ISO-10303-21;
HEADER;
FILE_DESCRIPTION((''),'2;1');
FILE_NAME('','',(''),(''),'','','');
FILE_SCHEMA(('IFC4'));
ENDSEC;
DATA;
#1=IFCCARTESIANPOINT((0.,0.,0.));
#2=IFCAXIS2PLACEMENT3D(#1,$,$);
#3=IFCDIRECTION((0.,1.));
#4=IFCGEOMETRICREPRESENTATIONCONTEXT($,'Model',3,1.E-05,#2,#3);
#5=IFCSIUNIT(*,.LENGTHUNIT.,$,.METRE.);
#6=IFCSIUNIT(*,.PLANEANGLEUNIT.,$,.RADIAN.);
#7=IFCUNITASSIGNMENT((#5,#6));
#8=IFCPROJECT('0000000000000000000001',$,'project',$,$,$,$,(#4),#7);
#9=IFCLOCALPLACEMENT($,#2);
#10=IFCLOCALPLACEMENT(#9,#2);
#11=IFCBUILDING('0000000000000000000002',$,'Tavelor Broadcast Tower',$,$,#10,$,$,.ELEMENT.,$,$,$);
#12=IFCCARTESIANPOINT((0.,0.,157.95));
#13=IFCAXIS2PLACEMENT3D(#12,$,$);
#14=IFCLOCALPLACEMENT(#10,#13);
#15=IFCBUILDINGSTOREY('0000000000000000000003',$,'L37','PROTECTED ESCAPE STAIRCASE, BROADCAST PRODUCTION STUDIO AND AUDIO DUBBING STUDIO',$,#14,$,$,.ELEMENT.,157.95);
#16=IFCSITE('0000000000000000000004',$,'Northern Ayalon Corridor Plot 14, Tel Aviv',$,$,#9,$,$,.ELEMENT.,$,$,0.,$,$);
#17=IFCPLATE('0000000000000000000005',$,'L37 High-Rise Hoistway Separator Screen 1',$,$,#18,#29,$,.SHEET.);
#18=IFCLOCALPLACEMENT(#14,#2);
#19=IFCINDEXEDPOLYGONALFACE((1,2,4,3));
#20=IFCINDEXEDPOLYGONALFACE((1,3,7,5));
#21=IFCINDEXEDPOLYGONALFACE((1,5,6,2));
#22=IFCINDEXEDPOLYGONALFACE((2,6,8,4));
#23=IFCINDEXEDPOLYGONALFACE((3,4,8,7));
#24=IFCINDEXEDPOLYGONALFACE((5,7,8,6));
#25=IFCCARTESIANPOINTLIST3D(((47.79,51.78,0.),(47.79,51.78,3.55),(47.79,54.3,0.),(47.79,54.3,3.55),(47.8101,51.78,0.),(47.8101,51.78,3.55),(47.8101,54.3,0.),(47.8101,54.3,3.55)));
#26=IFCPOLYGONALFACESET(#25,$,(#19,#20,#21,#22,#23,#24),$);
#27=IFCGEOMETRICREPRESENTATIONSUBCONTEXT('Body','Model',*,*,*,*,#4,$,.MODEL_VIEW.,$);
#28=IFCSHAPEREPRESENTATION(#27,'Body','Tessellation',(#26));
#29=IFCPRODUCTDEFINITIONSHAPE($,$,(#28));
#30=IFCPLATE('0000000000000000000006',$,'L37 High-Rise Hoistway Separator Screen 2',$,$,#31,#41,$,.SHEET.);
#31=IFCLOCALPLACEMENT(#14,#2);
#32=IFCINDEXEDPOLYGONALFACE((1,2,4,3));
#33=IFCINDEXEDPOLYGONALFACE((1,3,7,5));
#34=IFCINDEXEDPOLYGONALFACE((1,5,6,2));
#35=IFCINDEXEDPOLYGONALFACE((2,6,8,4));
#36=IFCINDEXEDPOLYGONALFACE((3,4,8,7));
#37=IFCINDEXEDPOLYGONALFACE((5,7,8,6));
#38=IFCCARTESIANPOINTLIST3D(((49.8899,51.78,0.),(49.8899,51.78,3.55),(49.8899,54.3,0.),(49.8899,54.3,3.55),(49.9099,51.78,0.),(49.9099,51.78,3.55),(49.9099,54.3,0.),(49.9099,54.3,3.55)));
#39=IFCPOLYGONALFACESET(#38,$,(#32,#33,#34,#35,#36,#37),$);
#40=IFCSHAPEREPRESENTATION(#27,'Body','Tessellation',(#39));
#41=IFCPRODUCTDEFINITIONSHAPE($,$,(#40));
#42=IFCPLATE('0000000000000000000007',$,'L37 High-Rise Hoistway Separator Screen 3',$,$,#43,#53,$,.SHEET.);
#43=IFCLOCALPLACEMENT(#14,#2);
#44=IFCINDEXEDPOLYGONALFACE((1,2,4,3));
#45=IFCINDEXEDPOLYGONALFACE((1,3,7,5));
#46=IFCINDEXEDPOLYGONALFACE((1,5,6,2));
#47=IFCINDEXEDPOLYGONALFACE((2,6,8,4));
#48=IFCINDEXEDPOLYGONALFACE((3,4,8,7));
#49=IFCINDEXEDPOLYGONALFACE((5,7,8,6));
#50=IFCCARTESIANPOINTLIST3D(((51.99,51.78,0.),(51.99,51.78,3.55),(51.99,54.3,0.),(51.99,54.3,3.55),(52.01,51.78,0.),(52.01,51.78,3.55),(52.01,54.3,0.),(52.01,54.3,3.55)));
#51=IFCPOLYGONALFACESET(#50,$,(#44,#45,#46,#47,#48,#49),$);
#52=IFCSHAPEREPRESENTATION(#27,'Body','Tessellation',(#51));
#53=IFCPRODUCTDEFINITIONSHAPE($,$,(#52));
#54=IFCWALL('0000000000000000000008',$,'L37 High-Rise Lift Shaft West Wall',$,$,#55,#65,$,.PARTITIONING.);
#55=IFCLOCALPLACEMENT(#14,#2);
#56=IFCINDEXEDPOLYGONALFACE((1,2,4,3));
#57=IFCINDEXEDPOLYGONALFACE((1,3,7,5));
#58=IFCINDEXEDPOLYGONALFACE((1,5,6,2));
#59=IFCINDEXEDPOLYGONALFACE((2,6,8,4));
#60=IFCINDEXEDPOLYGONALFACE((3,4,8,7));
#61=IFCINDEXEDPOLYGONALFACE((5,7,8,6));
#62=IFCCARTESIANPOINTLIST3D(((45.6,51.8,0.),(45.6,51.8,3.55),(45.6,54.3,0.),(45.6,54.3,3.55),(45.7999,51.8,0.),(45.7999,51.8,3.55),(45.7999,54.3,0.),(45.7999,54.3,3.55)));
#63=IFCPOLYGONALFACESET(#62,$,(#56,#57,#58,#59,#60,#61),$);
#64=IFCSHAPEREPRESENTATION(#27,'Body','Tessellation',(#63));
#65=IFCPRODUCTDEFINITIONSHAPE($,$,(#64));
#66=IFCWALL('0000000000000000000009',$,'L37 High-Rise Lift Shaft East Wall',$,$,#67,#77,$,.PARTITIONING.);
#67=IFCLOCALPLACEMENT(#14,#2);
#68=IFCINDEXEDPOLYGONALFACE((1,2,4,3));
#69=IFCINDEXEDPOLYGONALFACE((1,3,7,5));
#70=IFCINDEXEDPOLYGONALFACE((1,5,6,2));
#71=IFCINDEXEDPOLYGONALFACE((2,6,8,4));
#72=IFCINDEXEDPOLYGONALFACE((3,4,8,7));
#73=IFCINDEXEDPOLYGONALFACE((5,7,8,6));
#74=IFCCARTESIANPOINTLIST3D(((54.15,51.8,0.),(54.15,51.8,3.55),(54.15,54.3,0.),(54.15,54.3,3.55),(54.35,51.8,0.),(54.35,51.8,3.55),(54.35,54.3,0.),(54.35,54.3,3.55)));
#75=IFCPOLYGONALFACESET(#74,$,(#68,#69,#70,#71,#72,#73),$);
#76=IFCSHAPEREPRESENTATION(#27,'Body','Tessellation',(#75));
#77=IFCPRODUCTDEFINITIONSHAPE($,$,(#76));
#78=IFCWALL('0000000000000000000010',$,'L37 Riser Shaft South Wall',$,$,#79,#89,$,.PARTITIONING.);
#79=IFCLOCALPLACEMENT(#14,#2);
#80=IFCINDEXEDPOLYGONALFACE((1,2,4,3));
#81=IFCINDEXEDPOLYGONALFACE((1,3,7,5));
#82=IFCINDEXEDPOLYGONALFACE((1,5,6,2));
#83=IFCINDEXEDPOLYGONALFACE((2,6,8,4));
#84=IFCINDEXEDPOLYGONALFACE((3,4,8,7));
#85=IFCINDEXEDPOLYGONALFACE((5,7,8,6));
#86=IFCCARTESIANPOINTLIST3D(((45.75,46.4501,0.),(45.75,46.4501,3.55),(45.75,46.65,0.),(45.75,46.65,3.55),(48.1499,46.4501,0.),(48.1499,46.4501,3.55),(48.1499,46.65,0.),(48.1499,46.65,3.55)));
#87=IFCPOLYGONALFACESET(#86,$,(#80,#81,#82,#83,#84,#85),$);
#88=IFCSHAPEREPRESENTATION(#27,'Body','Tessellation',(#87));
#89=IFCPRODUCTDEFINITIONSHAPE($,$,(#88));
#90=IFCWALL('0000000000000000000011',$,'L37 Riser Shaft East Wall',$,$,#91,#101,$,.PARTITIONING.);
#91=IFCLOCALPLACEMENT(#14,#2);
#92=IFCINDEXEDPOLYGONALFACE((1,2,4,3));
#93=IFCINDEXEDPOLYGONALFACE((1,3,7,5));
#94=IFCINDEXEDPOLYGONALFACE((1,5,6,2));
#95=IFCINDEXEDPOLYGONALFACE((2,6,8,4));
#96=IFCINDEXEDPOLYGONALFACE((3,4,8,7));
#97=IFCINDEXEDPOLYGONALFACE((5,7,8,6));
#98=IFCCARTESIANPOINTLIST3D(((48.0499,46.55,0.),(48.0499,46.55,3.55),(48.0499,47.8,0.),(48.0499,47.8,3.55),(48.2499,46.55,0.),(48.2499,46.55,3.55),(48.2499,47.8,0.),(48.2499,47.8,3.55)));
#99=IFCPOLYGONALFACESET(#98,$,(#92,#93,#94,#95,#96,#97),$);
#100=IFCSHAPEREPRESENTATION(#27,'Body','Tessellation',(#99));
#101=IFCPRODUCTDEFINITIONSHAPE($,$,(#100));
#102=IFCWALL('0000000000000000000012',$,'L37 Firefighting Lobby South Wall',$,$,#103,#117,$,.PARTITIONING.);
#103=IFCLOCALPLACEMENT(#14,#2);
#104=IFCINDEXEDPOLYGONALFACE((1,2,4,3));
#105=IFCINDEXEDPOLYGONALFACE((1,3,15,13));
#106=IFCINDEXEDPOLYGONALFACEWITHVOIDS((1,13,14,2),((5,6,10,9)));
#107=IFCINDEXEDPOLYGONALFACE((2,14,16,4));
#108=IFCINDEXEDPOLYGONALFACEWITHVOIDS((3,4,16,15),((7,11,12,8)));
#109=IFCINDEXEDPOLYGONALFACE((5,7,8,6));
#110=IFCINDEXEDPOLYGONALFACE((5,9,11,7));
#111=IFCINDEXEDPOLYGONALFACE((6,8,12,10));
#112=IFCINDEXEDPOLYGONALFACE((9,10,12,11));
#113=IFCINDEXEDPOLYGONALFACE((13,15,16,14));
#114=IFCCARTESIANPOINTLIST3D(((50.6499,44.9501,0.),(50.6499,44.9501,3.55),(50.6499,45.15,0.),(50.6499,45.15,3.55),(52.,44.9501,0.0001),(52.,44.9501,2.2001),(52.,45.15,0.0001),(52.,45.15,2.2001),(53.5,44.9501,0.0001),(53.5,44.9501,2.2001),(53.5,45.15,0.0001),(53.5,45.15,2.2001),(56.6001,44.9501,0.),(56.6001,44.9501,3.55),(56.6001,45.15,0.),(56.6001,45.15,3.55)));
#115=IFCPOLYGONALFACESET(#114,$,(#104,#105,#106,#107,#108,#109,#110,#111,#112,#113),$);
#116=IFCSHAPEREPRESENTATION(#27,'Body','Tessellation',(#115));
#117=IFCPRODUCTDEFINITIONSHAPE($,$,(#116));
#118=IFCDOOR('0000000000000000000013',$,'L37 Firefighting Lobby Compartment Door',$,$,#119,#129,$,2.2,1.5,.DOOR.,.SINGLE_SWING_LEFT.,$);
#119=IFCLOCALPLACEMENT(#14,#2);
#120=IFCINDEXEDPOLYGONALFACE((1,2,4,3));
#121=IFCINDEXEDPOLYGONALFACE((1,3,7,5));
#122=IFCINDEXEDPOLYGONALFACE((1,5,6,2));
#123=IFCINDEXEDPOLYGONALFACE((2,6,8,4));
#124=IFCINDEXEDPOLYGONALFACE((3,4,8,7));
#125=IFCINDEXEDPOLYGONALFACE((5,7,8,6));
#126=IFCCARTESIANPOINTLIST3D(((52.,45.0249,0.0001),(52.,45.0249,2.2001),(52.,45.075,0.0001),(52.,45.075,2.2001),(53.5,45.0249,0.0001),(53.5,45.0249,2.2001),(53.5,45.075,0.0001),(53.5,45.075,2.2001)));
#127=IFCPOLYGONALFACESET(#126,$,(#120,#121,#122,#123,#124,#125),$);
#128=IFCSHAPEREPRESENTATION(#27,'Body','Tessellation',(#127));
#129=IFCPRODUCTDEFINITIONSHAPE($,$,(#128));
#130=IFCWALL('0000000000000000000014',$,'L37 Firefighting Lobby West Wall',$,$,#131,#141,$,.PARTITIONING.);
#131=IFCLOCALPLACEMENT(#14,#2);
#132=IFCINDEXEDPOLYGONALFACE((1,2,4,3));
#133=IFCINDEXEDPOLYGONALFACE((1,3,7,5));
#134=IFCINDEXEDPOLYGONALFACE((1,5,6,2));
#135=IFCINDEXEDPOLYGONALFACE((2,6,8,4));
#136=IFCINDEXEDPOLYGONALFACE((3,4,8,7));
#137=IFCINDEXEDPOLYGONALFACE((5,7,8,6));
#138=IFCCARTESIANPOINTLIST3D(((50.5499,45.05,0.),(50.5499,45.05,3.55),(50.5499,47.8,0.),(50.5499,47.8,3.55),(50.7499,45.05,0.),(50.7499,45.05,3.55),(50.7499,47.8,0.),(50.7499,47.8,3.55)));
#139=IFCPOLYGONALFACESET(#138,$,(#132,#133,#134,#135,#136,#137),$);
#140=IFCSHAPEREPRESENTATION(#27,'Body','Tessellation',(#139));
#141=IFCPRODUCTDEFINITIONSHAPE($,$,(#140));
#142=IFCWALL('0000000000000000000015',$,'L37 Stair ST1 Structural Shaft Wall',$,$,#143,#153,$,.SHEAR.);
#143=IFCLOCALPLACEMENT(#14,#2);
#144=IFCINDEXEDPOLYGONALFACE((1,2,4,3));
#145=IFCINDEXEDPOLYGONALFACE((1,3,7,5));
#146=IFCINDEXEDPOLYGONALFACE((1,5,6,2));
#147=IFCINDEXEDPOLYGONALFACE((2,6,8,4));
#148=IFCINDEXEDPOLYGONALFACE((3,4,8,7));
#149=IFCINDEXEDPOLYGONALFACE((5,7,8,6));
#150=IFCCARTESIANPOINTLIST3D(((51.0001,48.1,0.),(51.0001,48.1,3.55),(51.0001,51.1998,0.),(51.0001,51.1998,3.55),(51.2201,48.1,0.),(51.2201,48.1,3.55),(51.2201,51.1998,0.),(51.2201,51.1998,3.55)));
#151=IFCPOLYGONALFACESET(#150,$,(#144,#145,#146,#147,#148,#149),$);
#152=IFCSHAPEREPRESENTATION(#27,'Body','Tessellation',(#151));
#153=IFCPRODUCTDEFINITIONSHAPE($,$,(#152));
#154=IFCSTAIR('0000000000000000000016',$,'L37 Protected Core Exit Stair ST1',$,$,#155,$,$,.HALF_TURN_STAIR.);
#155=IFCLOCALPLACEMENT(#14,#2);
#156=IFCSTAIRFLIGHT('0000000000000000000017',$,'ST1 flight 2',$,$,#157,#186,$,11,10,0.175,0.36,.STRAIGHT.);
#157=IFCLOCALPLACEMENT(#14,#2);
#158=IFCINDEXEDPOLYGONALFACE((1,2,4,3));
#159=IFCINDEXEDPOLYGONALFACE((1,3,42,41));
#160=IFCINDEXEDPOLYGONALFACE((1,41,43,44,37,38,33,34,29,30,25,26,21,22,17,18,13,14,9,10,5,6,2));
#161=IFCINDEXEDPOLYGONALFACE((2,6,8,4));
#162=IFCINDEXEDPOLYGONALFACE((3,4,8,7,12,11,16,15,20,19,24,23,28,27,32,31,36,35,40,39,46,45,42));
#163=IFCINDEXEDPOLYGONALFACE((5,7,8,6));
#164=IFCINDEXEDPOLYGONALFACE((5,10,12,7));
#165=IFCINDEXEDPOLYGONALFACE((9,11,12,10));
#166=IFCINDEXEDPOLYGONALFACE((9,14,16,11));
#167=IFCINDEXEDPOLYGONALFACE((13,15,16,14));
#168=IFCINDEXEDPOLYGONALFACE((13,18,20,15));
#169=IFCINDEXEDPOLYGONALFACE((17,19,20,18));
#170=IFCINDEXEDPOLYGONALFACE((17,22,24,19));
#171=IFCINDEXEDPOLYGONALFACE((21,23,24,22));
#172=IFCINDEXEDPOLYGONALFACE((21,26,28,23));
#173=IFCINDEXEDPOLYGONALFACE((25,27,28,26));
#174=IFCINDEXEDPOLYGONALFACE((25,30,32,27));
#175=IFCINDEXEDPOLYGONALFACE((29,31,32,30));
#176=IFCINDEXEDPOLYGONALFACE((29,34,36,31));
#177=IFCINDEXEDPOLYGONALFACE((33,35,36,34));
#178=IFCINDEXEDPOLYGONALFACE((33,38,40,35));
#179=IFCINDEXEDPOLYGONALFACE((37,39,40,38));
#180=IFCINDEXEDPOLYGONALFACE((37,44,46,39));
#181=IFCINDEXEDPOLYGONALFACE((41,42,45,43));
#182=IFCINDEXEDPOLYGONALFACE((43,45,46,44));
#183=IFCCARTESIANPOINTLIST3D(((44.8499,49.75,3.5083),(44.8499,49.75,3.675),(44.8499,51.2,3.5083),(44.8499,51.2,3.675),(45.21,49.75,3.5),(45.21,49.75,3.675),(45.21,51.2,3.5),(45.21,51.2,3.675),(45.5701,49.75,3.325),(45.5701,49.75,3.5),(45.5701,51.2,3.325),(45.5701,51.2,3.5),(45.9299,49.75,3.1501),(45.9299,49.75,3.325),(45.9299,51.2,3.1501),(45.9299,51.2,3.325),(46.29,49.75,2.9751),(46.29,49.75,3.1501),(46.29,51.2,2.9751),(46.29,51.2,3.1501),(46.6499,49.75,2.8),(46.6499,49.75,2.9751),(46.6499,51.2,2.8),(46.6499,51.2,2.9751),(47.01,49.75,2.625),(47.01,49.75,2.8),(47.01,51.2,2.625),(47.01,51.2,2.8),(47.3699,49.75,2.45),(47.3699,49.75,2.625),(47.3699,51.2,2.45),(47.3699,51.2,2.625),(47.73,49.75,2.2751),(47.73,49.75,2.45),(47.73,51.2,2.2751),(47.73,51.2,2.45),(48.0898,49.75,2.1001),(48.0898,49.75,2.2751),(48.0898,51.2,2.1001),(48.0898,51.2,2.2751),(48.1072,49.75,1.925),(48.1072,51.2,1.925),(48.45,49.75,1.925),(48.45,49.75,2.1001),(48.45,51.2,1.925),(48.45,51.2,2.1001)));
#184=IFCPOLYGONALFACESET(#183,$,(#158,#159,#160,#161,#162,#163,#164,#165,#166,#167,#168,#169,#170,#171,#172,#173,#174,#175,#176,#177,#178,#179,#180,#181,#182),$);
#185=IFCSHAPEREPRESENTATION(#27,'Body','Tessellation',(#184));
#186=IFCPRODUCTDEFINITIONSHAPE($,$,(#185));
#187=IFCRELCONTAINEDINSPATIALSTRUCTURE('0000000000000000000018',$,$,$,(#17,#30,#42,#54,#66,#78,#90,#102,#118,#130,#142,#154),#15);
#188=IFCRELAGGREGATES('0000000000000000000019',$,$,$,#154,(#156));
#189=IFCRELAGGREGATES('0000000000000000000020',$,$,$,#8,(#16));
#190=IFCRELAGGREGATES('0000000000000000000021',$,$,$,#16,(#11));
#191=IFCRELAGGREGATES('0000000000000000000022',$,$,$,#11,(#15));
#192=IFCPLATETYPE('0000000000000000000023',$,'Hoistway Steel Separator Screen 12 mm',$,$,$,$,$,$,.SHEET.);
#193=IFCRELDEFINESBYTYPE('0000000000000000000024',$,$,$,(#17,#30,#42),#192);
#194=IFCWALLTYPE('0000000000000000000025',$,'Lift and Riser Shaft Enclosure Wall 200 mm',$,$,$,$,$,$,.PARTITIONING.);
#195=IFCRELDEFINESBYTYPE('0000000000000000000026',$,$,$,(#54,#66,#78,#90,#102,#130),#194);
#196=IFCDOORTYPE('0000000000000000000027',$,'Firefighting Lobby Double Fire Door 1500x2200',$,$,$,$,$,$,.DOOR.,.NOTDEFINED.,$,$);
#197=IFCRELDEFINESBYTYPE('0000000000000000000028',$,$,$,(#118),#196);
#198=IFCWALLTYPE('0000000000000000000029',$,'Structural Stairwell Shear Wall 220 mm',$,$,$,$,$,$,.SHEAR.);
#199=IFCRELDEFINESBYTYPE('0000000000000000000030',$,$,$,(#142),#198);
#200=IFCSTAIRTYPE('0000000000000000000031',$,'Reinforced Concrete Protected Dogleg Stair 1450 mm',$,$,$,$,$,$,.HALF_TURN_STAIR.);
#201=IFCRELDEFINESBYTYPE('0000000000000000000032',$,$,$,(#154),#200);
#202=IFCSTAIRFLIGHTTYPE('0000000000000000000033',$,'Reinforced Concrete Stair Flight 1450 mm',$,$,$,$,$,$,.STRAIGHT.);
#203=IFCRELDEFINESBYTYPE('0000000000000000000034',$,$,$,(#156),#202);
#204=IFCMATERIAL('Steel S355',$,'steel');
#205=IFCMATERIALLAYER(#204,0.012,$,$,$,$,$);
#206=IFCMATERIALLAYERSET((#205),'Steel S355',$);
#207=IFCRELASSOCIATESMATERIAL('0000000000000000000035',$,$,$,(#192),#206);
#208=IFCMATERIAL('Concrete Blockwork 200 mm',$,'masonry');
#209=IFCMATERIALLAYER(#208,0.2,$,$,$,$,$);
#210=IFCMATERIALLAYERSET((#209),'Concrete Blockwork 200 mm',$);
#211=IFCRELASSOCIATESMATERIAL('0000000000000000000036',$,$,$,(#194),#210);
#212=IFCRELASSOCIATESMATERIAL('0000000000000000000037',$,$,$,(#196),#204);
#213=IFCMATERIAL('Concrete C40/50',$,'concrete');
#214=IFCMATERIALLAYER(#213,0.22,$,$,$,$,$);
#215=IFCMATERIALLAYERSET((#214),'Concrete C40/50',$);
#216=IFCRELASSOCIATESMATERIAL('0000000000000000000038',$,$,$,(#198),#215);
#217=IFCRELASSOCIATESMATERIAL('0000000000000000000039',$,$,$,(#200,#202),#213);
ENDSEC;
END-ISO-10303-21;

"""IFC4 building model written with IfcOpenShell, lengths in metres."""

from ifc_helpers import new_model, si_unit, direction, frame, frame_2d, origin, origin_2d, place, context, subcontext, project, spatial, polyline, rectangle, outline, extrude, source, transform, mapped, material, layer, layer_set, type_object, type_shapes, element, fill, aggregate, save


model = new_model("IFC4")

# Units and contexts
model_context = context("Model", 3, precision=1e-05, world=origin(), true_north=direction((0.0, 1.0)))
body_context = subcontext(model_context, "Body", "Model", "MODEL_VIEW")
ifc_project = project(units=[si_unit("LENGTHUNIT", "METRE"), si_unit("PLANEANGLEUNIT", "RADIAN")], contexts=[model_context])

# Site, building, storey
site_placement = place(None, origin())
site = spatial("IfcSite", under=ifc_project, at=site_placement, Name="Northern Ayalon Corridor Plot 14, Tel Aviv", CompositionType="ELEMENT", RefElevation=0.0)
building_placement = place(site_placement, origin())
building = spatial("IfcBuilding", under=site, at=building_placement, Name="Tavelor Broadcast Tower", CompositionType="ELEMENT")
storey_placement = place(building_placement, frame((0.0, 0.0, 157.95)))
storey = spatial("IfcBuildingStorey", under=building, at=storey_placement, Name="L37", Description="PROTECTED ESCAPE STAIRCASE, BROADCAST PRODUCTION STUDIO AND AUDIO DUBBING STUDIO", CompositionType="ELEMENT", Elevation=157.95)

# Shared definitions
ifc_material_1 = material(Name="Concrete C40/50", Category="concrete")
ifc_material_2 = material(Name="Steel S355", Category="steel")

# Plates
ifc_layer_1 = layer(ifc_material_2, 0.012)
ifc_layer_set_1 = layer_set([ifc_layer_1], Name="Steel S355")
plate_type = type_object("IfcPlateType", Name="Hoistway Steel Separator Screen 12 mm", PredefinedType="SHEET", material=ifc_layer_set_1)
shared_shape = source(origin(), body_context, "Body", "SweptSolid", [
    extrude(rectangle(XDim=0.02, YDim=2.52, at=origin_2d()), origin(), (0.0, 0.0, 1.0), 3.55),
])
type_shapes(plate_type, [shared_shape])
for number, where, z_axis, x_axis, name in (
    (1, (47.8, 53.04, 0.0), (0.0, 0.0, 1.0), (1.0, 0.0, 0.0), "L37 High-Rise Hoistway Separator Screen 1"),
    (2, (49.8999, 53.04, 0.0), (0.0, 0.0, 1.0), (1.0, 0.0, 0.0), "L37 High-Rise Hoistway Separator Screen 2"),
    (3, (52.0, 53.04, 0.0), (0.0, 0.0, 1.0), (1.0, 0.0, 0.0), "L37 High-Rise Hoistway Separator Screen 3"),
):
    element("IfcPlate", number, at=place(storey_placement, frame(where, z_axis=z_axis, x_axis=x_axis)), inside=storey, type_object=plate_type, Name=name, PredefinedType="SHEET", context=body_context, shape_type="MappedRepresentation", body=[
        mapped(shared_shape, transform((0.0, 0.0, 0.0), scale=1.0)),
    ])

# Walls
ifc_material_3 = material(Name="Concrete Blockwork 200 mm", Category="masonry")
ifc_layer_2 = layer(ifc_material_3, 0.2)
ifc_layer_set_2 = layer_set([ifc_layer_2], Name="Concrete Blockwork 200 mm")
wall_type_1 = type_object("IfcWallType", Name="Lift and Riser Shaft Enclosure Wall 200 mm", PredefinedType="PARTITIONING", material=ifc_layer_set_2)
for number, where, z_axis, x_axis, name in (
    (4, (45.7, 51.8, 0.0), (0.0, 0.0, 1.0), (0.0, 1.0, 0.0), "L37 High-Rise Lift Shaft West Wall"),
    (5, (54.25, 51.8, 0.0), (0.0, 0.0, 1.0), (0.0, 1.0, 0.0), "L37 High-Rise Lift Shaft East Wall"),
):
    element("IfcWall", number, at=place(storey_placement, frame(where, z_axis=z_axis, x_axis=x_axis)), inside=storey, type_object=wall_type_1, Name=name, PredefinedType="PARTITIONING", context=body_context, shape_type="SweptSolid", body=[
        extrude(rectangle(XDim=2.5, YDim=0.2, at=frame_2d((1.25, 0.0))), origin(), (0.0, 0.0, 1.0), 3.55),
    ])
wall_1_placement = place(storey_placement, frame((45.75, 46.55, 0.0), z_axis=(0.0, 0.0, 1.0), x_axis=(1.0, 0.0, 0.0)))
element("IfcWall", 6, at=wall_1_placement, inside=storey, type_object=wall_type_1, Name="L37 Riser Shaft South Wall", PredefinedType="PARTITIONING", context=body_context, shape_type="SweptSolid", body=[
    extrude(rectangle(XDim=2.3999, YDim=0.2, at=frame_2d((1.2, 0.0))), origin(), (0.0, 0.0, 1.0), 3.55),
])
wall_2_placement = place(storey_placement, frame((48.1499, 46.55, 0.0), z_axis=(0.0, 0.0, 1.0), x_axis=(0.0, 1.0, 0.0)))
element("IfcWall", 7, at=wall_2_placement, inside=storey, type_object=wall_type_1, Name="L37 Riser Shaft East Wall", PredefinedType="PARTITIONING", context=body_context, shape_type="SweptSolid", body=[
    extrude(rectangle(XDim=1.25, YDim=0.2, at=frame_2d((0.625, 0.0))), origin(), (0.0, 0.0, 1.0), 3.55),
])

# Wall, opening, door
wall_3_placement = place(storey_placement, frame((50.6499, 45.05, 0.0), z_axis=(0.0, 0.0, 1.0), x_axis=(1.0, 0.0, 0.0)))
wall_3 = element("IfcWall", 8, at=wall_3_placement, inside=storey, type_object=wall_type_1, Name="L37 Firefighting Lobby South Wall", PredefinedType="PARTITIONING", context=body_context, shape_type="SweptSolid", body=[
    extrude(rectangle(XDim=5.9502, YDim=0.2, at=frame_2d((2.9751, 0.0))), origin(), (0.0, 0.0, 1.0), 3.55),
])
opening_placement = place(wall_3_placement, frame((1.3501, 0.0, 0.0)))
opening = element("IfcOpeningElement", 9, at=opening_placement, cuts=wall_3, PredefinedType="OPENING", context=body_context, shape_type="SweptSolid", body=[
    extrude(rectangle(XDim=1.5, YDim=2.2, at=frame_2d((0.75, 1.1001))), frame((0.0, 0.1099, 0.0), z_axis=(0.0, -1.0, 0.0), x_axis=(1.0, 0.0, 0.0)), (0.0, 0.0, 1.0), 0.22),
])
door_type = type_object("IfcDoorType", Name="Firefighting Lobby Double Fire Door 1500x2200", OperationType="NOTDEFINED", PredefinedType="DOOR", material=ifc_material_2)
door_placement = place(opening_placement, origin())
door = element("IfcDoor", 10, at=door_placement, inside=storey, type_object=door_type, Name="L37 Firefighting Lobby Compartment Door", OperationType="SINGLE_SWING_LEFT", OverallHeight=2.2, OverallWidth=1.5, PredefinedType="DOOR", context=body_context, shape_type="SweptSolid", body=[
    extrude(rectangle(XDim=1.5, YDim=2.2, at=frame_2d((0.75, 1.1001))), frame((0.0, 0.0249, 0.0), z_axis=(0.0, -1.0, 0.0), x_axis=(1.0, 0.0, 0.0)), (0.0, 0.0, 1.0), 0.05),
])
fill(opening, door)

# Walls
wall_4_placement = place(storey_placement, frame((50.6499, 45.05, 0.0), z_axis=(0.0, 0.0, 1.0), x_axis=(0.0, 1.0, 0.0)))
element("IfcWall", 11, at=wall_4_placement, inside=storey, type_object=wall_type_1, Name="L37 Firefighting Lobby West Wall", PredefinedType="PARTITIONING", context=body_context, shape_type="SweptSolid", body=[
    extrude(rectangle(XDim=2.75, YDim=0.2, at=frame_2d((1.375, 0.0))), origin(), (0.0, 0.0, 1.0), 3.55),
])
ifc_layer_3 = layer(ifc_material_1, 0.22)
ifc_layer_set_3 = layer_set([ifc_layer_3], Name="Concrete C40/50")
wall_type_2 = type_object("IfcWallType", Name="Structural Stairwell Shear Wall 220 mm", PredefinedType="SHEAR", material=ifc_layer_set_3)
wall_5_placement = place(storey_placement, frame((51.1101, 48.1001, 0.0), z_axis=(0.0, 0.0, 1.0), x_axis=(0.0, 1.0, 0.0)))
element("IfcWall", 12, at=wall_5_placement, inside=storey, type_object=wall_type_2, Name="L37 Stair ST1 Structural Shaft Wall", PredefinedType="SHEAR", context=body_context, shape_type="SweptSolid", body=[
    extrude(rectangle(XDim=3.0999, YDim=0.22, at=frame_2d((1.5498, 0.0))), origin(), (0.0, 0.0, 1.0), 3.55),
])

# Stair, stair flight
stair_type = type_object("IfcStairType", Name="Reinforced Concrete Protected Dogleg Stair 1450 mm", PredefinedType="HALF_TURN_STAIR", material=ifc_material_1)
stair_placement = place(storey_placement, origin())
stair = element("IfcStair", 13, at=stair_placement, inside=storey, type_object=stair_type, Name="L37 Protected Core Exit Stair ST1", PredefinedType="HALF_TURN_STAIR")
stair_flight_type = type_object("IfcStairFlightType", Name="Reinforced Concrete Stair Flight 1450 mm", PredefinedType="STRAIGHT", material=ifc_material_1)
stair_flight_placement = place(storey_placement, frame((48.45, 50.4751, 1.925), z_axis=(0.0, 0.0, 1.0), x_axis=(-1.0, 0.0, 0.0)))
stair_flight = element("IfcStairFlight", 14, at=stair_flight_placement, type_object=stair_flight_type, Name="ST1 flight 2", NumberOfRisers=11, NumberOfTreads=10, PredefinedType="STRAIGHT", RiserHeight=0.175, TreadLength=0.36, context=body_context, shape_type="SweptSolid", body=[
    extrude(outline(polyline([(0.0, 0.0), (0.0, 0.175), (0.3601, 0.175), (0.3601, 0.3501), (0.72, 0.3501), (0.72, 0.5249), (1.0801, 0.5249), (1.0801, 0.7), (1.4399, 0.7), (1.4399, 0.875), (1.8, 0.875), (1.8, 1.05), (2.1599, 1.05), (2.1599, 1.2251), (2.52, 1.2251), (2.52, 1.3999), (2.8799, 1.3999), (2.8799, 1.575), (3.24, 1.575), (3.24, 1.75), (3.6001, 1.75), (3.6001, 1.925), (3.6001, 1.5833), (0.3428, 0.0), (0.0, 0.0)])), frame((0.0, 0.7251, 0.0), z_axis=(0.0, -1.0, 0.0), x_axis=(1.0, 0.0, 0.0)), (0.0, 0.0, 1.0), 1.45),
])
aggregate(stair, [stair_flight])

save(model, "model.ifc")
